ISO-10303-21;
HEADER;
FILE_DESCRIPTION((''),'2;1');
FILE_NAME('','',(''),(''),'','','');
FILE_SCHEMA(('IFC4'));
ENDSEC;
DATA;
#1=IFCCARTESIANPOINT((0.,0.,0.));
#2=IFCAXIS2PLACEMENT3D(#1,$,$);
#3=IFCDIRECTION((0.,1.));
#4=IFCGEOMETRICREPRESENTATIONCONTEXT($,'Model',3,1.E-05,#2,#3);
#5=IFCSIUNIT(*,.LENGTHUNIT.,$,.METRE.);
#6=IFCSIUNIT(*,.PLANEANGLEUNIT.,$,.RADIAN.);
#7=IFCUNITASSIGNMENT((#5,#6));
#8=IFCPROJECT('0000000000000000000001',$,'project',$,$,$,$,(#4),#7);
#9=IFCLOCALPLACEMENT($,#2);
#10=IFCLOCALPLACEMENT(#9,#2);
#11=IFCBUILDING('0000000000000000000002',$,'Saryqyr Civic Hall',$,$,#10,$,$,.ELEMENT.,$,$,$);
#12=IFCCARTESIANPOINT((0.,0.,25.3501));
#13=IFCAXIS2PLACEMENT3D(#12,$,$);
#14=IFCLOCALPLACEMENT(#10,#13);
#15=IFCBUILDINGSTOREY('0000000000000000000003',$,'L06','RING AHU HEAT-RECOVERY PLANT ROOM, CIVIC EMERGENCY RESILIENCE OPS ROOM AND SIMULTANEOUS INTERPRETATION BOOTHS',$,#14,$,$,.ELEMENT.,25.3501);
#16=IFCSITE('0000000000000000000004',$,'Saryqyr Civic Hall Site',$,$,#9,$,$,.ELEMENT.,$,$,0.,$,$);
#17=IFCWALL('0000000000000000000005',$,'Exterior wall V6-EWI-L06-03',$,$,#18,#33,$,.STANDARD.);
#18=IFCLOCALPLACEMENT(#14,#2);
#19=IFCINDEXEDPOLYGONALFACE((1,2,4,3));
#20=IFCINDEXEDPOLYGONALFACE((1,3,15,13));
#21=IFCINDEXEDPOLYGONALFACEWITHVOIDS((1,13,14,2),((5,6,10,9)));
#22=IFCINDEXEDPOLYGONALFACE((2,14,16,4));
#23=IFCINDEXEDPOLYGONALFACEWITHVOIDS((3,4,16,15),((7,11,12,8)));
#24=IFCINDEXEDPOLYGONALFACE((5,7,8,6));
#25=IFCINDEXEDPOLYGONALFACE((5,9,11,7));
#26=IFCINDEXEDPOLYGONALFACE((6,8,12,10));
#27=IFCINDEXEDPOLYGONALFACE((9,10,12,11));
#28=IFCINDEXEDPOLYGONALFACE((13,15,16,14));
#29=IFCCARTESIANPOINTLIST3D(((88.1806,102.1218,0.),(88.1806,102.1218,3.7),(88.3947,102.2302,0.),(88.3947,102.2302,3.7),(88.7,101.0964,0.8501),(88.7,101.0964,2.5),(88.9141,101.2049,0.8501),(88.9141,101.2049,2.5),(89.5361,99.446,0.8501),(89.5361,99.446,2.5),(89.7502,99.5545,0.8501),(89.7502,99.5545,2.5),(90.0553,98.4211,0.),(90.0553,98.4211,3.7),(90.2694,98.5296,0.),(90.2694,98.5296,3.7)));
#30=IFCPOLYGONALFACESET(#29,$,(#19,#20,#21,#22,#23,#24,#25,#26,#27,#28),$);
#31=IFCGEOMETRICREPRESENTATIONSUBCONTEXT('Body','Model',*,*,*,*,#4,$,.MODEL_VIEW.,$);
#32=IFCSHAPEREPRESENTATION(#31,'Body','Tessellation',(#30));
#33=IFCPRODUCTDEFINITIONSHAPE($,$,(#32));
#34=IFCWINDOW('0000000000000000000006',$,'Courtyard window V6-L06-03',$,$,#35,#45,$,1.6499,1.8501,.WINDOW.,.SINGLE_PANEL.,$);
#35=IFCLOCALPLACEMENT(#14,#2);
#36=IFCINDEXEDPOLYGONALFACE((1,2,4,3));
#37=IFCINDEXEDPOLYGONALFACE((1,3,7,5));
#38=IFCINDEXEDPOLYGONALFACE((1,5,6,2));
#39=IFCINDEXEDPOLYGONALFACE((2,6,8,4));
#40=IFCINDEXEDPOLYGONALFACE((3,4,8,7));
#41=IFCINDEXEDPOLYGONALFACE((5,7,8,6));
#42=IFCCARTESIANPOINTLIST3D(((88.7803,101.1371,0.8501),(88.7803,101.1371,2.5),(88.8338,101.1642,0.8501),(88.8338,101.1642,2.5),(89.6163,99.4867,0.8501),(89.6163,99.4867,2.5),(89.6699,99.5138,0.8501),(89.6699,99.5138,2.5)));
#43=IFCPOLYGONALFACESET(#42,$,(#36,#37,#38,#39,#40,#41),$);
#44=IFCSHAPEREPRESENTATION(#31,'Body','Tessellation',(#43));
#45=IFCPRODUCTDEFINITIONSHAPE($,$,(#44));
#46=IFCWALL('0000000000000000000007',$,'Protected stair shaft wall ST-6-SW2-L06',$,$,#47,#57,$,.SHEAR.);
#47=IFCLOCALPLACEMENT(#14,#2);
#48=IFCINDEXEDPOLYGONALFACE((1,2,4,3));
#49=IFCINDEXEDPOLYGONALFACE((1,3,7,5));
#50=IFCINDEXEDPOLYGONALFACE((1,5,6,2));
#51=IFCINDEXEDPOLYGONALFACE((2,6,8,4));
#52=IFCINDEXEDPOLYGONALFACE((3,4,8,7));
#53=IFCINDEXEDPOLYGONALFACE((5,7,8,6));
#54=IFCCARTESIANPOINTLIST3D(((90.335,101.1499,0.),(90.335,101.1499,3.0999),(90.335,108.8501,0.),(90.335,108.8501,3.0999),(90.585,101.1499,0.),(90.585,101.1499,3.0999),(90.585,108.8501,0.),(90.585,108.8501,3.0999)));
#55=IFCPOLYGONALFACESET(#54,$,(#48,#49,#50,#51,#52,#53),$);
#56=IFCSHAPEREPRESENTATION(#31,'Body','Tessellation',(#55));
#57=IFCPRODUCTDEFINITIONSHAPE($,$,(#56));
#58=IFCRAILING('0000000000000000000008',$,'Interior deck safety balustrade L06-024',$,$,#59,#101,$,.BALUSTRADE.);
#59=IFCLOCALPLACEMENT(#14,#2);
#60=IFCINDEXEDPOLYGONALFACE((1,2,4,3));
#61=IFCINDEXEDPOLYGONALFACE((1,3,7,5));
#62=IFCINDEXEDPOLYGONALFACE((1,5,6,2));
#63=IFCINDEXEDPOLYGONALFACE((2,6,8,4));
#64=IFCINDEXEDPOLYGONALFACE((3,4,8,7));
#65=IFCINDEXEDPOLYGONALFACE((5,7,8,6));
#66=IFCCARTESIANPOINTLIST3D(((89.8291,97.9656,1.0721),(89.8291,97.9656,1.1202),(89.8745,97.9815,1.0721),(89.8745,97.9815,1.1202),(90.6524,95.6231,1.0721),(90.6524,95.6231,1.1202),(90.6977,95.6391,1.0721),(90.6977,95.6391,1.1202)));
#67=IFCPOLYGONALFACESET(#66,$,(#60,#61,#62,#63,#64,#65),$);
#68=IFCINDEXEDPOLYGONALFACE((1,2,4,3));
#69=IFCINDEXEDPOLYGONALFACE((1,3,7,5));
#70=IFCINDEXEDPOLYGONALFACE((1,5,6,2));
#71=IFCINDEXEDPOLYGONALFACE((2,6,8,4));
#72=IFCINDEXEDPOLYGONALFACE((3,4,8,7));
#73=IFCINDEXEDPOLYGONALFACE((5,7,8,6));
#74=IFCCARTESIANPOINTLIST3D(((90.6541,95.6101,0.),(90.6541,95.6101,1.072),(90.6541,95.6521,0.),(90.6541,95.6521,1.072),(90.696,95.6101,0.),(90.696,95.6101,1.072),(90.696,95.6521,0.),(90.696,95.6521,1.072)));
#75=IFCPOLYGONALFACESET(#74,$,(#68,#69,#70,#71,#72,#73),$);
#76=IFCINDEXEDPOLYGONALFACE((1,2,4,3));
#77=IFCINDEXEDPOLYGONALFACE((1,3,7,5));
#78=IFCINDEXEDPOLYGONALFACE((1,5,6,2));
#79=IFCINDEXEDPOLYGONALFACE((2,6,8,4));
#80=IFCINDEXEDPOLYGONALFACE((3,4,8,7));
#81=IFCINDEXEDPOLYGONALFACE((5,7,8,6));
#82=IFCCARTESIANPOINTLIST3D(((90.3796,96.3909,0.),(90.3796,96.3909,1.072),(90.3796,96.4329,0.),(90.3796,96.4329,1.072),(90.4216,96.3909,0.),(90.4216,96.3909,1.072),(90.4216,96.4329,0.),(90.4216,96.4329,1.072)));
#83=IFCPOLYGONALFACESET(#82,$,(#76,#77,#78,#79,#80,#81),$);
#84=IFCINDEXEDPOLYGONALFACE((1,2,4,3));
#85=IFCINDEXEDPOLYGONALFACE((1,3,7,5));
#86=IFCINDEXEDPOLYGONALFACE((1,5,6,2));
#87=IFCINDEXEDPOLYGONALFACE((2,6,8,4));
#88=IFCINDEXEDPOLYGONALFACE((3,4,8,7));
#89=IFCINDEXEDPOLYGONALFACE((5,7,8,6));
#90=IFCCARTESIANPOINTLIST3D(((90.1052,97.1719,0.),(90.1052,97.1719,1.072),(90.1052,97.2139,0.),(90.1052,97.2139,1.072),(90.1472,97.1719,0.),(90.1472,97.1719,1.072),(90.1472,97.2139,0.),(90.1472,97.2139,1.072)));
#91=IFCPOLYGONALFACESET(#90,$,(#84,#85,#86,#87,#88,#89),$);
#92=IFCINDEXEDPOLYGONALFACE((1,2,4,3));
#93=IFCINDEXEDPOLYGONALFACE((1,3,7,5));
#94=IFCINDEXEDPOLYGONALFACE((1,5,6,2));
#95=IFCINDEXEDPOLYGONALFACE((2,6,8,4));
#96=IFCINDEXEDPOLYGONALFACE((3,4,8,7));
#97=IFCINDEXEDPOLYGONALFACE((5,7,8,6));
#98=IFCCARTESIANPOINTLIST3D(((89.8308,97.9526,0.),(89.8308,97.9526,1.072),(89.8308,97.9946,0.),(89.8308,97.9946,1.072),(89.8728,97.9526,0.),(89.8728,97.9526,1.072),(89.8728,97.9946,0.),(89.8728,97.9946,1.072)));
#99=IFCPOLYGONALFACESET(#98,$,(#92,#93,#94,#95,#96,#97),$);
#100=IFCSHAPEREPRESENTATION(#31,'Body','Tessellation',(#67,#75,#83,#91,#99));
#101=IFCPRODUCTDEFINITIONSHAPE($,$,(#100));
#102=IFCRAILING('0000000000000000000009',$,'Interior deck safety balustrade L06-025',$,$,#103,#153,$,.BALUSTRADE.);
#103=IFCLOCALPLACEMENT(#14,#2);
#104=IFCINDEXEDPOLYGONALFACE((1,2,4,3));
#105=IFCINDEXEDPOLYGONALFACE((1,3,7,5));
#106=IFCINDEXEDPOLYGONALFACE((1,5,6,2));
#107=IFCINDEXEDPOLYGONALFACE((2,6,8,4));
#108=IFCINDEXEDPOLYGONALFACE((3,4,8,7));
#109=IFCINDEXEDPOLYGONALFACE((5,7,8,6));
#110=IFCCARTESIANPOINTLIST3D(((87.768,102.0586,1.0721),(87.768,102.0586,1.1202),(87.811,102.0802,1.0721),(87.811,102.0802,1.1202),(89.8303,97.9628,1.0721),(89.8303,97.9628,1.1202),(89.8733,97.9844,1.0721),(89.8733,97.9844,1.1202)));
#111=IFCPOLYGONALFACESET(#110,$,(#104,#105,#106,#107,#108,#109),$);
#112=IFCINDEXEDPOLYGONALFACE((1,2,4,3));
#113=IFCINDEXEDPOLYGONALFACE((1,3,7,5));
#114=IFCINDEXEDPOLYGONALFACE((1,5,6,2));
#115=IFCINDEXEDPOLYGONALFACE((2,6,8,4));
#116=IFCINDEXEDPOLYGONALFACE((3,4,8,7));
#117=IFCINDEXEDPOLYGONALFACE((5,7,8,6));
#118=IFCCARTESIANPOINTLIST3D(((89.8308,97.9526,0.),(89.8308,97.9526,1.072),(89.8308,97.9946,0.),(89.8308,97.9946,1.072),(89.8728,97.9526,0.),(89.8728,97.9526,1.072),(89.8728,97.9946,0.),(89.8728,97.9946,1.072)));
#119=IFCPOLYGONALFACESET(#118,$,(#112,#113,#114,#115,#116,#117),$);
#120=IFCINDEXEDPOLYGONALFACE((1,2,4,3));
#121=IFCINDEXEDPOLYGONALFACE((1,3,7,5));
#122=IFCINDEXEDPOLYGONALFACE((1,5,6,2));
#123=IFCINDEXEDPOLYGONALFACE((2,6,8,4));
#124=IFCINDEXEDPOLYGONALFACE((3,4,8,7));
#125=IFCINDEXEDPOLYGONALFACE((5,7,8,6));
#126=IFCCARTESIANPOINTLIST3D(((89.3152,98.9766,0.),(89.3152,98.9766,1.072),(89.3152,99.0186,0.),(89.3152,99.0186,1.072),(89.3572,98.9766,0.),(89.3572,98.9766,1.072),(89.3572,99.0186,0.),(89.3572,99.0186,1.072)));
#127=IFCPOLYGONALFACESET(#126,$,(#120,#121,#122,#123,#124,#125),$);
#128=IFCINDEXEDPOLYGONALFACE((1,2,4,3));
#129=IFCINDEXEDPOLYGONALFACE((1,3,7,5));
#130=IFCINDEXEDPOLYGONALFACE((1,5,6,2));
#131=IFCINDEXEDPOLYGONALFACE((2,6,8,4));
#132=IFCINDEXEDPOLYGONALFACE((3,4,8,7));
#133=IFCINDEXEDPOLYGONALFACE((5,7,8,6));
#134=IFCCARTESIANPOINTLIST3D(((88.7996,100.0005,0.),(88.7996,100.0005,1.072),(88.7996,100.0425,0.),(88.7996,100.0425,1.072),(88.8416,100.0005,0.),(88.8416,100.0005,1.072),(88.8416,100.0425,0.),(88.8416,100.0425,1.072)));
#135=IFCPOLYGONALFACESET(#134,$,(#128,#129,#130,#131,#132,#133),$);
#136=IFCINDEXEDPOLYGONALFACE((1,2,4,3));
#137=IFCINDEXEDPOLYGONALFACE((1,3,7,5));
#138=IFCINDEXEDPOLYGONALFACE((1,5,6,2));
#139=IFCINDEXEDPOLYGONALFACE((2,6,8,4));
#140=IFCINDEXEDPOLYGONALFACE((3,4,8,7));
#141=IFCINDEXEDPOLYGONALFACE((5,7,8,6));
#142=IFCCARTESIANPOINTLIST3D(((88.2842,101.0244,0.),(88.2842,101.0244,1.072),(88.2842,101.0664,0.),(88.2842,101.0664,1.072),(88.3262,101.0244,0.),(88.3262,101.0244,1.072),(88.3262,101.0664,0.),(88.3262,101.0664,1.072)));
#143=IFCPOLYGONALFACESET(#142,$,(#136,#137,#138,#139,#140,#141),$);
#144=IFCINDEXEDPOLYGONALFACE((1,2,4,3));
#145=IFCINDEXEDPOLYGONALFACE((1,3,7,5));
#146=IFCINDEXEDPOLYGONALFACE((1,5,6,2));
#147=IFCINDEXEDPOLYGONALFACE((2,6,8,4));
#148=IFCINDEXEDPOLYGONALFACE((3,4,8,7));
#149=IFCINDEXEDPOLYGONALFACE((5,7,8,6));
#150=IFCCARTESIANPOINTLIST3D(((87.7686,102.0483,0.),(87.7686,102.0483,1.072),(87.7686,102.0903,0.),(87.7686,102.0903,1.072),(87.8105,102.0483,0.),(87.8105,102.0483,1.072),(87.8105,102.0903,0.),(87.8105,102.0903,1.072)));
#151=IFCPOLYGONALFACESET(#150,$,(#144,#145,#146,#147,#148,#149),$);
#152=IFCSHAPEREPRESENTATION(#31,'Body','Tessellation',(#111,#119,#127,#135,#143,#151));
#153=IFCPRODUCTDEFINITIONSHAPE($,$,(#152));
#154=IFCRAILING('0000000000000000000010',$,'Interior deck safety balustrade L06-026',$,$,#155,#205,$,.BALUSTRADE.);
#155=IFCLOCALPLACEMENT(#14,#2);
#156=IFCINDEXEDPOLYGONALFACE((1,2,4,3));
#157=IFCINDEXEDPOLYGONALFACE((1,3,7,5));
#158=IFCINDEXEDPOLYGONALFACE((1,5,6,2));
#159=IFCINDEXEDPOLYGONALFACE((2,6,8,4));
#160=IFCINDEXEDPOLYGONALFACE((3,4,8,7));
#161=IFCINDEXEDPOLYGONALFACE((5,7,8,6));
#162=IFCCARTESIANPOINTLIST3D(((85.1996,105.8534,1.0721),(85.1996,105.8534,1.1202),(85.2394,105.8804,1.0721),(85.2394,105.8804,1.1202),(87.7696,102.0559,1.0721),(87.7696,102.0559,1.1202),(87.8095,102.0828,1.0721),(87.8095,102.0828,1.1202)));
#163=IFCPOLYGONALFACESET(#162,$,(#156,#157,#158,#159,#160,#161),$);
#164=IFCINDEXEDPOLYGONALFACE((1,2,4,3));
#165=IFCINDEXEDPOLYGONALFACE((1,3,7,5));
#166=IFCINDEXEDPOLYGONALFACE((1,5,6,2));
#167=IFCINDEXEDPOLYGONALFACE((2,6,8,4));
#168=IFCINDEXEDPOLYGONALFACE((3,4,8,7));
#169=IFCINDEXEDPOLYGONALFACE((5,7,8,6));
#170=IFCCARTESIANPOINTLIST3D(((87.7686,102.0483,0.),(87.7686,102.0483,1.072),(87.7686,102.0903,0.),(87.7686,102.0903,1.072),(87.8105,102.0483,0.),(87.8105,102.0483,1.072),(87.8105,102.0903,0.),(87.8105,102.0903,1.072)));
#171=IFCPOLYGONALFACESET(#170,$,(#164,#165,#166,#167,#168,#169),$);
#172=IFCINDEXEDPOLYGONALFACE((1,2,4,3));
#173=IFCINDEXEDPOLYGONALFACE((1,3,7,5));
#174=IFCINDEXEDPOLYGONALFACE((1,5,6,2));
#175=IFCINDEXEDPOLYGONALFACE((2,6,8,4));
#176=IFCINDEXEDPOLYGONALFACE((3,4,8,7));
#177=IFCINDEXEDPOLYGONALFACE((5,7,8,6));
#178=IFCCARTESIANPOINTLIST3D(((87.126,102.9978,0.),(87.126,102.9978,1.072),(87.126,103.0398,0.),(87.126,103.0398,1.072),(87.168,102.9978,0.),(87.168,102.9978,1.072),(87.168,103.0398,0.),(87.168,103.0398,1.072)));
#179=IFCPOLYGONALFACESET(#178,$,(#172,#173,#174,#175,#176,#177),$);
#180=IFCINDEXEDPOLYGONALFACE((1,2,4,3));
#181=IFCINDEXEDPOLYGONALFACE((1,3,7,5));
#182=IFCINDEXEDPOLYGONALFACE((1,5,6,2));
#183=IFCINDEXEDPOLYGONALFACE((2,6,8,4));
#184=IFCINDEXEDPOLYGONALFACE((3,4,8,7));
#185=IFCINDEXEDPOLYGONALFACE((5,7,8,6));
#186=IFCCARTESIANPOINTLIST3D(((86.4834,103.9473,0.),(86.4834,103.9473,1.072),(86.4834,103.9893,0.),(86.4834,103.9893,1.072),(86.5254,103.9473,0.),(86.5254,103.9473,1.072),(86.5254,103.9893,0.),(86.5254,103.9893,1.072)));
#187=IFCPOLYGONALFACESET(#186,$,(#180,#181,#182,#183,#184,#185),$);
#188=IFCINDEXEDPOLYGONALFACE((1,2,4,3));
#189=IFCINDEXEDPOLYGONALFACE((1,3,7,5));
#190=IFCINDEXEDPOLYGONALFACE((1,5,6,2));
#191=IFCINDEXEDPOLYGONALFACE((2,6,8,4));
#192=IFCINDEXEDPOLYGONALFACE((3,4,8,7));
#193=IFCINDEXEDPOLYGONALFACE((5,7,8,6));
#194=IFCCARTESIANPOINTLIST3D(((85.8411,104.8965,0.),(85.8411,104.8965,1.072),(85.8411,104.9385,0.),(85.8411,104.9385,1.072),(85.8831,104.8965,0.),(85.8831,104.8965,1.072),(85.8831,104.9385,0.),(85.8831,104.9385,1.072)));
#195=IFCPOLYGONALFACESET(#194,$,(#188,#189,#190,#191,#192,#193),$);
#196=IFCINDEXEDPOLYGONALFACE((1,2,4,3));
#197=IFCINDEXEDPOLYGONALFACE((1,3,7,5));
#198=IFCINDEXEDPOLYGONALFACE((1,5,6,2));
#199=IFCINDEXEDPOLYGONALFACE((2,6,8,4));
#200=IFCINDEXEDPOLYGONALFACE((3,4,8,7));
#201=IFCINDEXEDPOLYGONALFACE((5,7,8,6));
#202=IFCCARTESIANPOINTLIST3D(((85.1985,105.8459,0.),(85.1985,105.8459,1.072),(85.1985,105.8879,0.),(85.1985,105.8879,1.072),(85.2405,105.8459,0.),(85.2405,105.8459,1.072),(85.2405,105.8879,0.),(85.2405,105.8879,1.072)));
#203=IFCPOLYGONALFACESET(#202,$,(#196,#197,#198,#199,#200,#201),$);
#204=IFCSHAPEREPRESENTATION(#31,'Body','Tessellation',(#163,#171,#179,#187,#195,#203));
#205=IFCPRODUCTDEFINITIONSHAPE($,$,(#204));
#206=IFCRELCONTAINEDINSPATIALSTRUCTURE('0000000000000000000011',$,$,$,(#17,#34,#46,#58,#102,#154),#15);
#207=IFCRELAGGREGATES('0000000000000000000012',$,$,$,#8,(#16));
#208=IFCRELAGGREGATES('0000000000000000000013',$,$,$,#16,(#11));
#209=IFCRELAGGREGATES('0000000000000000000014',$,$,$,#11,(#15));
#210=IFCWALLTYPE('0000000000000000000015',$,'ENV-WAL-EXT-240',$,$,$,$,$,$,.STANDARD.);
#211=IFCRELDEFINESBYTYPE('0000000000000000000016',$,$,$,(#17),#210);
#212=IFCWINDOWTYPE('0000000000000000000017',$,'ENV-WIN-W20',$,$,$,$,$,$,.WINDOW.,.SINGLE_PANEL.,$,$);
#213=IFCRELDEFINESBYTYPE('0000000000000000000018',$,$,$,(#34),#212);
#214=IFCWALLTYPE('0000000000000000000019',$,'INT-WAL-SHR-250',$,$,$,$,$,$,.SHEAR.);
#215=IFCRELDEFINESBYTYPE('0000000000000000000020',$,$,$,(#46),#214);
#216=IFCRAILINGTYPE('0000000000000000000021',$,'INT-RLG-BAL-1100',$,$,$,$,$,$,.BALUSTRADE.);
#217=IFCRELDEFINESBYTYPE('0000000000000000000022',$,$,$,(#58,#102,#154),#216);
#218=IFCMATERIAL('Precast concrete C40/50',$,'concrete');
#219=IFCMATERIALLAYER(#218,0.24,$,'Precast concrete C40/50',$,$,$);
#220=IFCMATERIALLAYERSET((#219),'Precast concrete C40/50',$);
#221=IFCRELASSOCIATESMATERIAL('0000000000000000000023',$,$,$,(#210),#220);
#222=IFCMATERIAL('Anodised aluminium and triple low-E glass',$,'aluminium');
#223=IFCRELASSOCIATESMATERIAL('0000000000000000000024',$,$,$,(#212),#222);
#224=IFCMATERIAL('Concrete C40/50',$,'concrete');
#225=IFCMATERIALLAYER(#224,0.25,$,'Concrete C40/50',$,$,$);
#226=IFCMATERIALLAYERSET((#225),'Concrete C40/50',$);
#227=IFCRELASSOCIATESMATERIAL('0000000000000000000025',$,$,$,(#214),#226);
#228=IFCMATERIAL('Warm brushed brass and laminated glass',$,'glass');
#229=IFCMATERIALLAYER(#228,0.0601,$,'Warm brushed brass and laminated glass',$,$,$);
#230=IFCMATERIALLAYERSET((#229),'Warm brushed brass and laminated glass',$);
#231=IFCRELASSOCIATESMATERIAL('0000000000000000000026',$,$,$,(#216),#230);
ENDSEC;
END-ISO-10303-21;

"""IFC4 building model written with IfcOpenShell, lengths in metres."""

from ifc_helpers import new_model, si_unit, direction, frame, frame_2d, origin, origin_2d, place, context, subcontext, project, spatial, rectangle, extrude, material, layer, layer_set, type_object, element, fill, save


model = new_model("IFC4")

# Units and contexts
model_context = context("Model", 3, precision=1e-05, world=origin(), true_north=direction((0.0, 1.0)))
body_context = subcontext(model_context, "Body", "Model", "MODEL_VIEW")
ifc_project = project(units=[si_unit("LENGTHUNIT", "METRE"), si_unit("PLANEANGLEUNIT", "RADIAN")], contexts=[model_context])

# Site, building, storey
site_placement = place(None, origin())
site = spatial("IfcSite", under=ifc_project, at=site_placement, Name="Saryqyr Civic Hall Site", CompositionType="ELEMENT", RefElevation=0.0)
building_placement = place(site_placement, origin())
building = spatial("IfcBuilding", under=site, at=building_placement, Name="Saryqyr Civic Hall", CompositionType="ELEMENT")
storey_placement = place(building_placement, frame((0.0, 0.0, 25.3501)))
storey = spatial("IfcBuildingStorey", under=building, at=storey_placement, Name="L06", Description="RING AHU HEAT-RECOVERY PLANT ROOM, CIVIC EMERGENCY RESILIENCE OPS ROOM AND SIMULTANEOUS INTERPRETATION BOOTHS", CompositionType="ELEMENT", Elevation=25.3501)

# Shared definitions
ifc_material_1 = material(Name="Concrete C40/50", Category="concrete")

# Shared definitions
ifc_material_2 = material(Name="Anodised aluminium and triple low-E glass", Category="aluminium")

# Wall, opening, window
ifc_material_3 = material(Name="Precast concrete C40/50", Category="concrete")
ifc_layer_1 = layer(ifc_material_3, 0.24, Name="Precast concrete C40/50")
ifc_layer_set_1 = layer_set([ifc_layer_1], Name="Precast concrete C40/50")
wall_type_1 = type_object("IfcWallType", Name="ENV-WAL-EXT-240", PredefinedType="STANDARD", material=ifc_layer_set_1)
wall_1_placement = place(storey_placement, frame((90.1624, 98.4753, 0.0), z_axis=(0.0, 0.0, 1.0), x_axis=(-0.451915, 0.892061, 0.0)))
wall_1 = element("IfcWall", 1, at=wall_1_placement, inside=storey, type_object=wall_type_1, Name="Exterior wall V6-EWI-L06-03", PredefinedType="STANDARD", context=body_context, shape_type="SweptSolid", body=[
    extrude(rectangle(XDim=4.1484, YDim=0.24, at=frame_2d((2.0742, 0.0))), origin(), (0.0, 0.0, 1.0), 3.7),
])
opening_placement = place(wall_1_placement, frame((1.1489, 0.0, 0.8501)))
opening = element("IfcOpeningElement", 2, at=opening_placement, cuts=wall_1, PredefinedType="OPENING", context=body_context, shape_type="SweptSolid", body=[
    extrude(rectangle(XDim=1.8501, YDim=1.6499, at=frame_2d((0.925, 0.825))), frame((0.0, 0.1299, 0.0), z_axis=(0.0, -1.0, 0.0), x_axis=(1.0, 0.0, 0.0)), (0.0, 0.0, 1.0), 0.26),
])
window_type = type_object("IfcWindowType", Name="ENV-WIN-W20", PartitioningType="SINGLE_PANEL", PredefinedType="WINDOW", material=ifc_material_2)
window_placement = place(opening_placement, origin())
window = element("IfcWindow", 3, at=window_placement, inside=storey, type_object=window_type, Name="Courtyard window V6-L06-03", OverallHeight=1.6499, OverallWidth=1.8501, PartitioningType="SINGLE_PANEL", PredefinedType="WINDOW", context=body_context, shape_type="SweptSolid", body=[
    extrude(rectangle(XDim=1.8501, YDim=1.6499, at=frame_2d((0.925, 0.825))), frame((0.0, 0.03, 0.0), z_axis=(0.0, -1.0, 0.0), x_axis=(1.0, 0.0, 0.0)), (0.0, 0.0, 1.0), 0.0601),
])
fill(opening, window)

# Wall
ifc_layer_2 = layer(ifc_material_1, 0.25, Name="Concrete C40/50")
ifc_layer_set_2 = layer_set([ifc_layer_2], Name="Concrete C40/50")
wall_type_2 = type_object("IfcWallType", Name="INT-WAL-SHR-250", PredefinedType="SHEAR", material=ifc_layer_set_2)
wall_2_placement = place(storey_placement, frame((90.46, 101.1499, 0.0), z_axis=(0.0, 0.0, 1.0), x_axis=(0.0, 1.0, 0.0)))
element("IfcWall", 4, at=wall_2_placement, inside=storey, type_object=wall_type_2, Name="Protected stair shaft wall ST-6-SW2-L06", PredefinedType="SHEAR", context=body_context, shape_type="SweptSolid", body=[
    extrude(rectangle(XDim=7.7002, YDim=0.25, at=frame_2d((3.8501, 0.0))), origin(), (0.0, 0.0, 1.0), 3.0999),
])

# Railings
ifc_material_4 = material(Name="Warm brushed brass and laminated glass", Category="glass")
ifc_layer_3 = layer(ifc_material_4, 0.0601, Name="Warm brushed brass and laminated glass")
ifc_layer_set_3 = layer_set([ifc_layer_3], Name="Warm brushed brass and laminated glass")
railing_type = type_object("IfcRailingType", Name="INT-RLG-BAL-1100", PredefinedType="BALUSTRADE", material=ifc_layer_set_3)
railing_1_placement = place(storey_placement, frame((90.675, 95.6311, 0.0)))
element("IfcRailing", 5, at=railing_1_placement, inside=storey, type_object=railing_type, Name="Interior deck safety balustrade L06-024", PredefinedType="BALUSTRADE", context=body_context, shape_type="SweptSolid", body=[
    extrude(rectangle(XDim=0.0481, YDim=0.0481, at=origin_2d()), frame((0.0, 0.0, 1.0962), z_axis=(-0.331555, 0.943436, 0.0), x_axis=(-0.943436, -0.331555, 0.0)), (0.0, 0.0, 1.0), 2.4829),
    extrude(rectangle(XDim=0.042, YDim=0.042, at=origin_2d()), origin(), (0.0, 0.0, 1.0), 1.072),
    extrude(rectangle(XDim=0.042, YDim=0.042, at=origin_2d()), frame((-0.2744, 0.7808, 0.0)), (0.0, 0.0, 1.0), 1.072),
    extrude(rectangle(XDim=0.042, YDim=0.042, at=origin_2d()), frame((-0.5488, 1.5618, 0.0)), (0.0, 0.0, 1.0), 1.072),
    extrude(rectangle(XDim=0.042, YDim=0.042, at=origin_2d()), frame((-0.8232, 2.3425, 0.0)), (0.0, 0.0, 1.0), 1.072),
])
railing_2_placement = place(storey_placement, frame((89.8518, 97.9736, 0.0)))
element("IfcRailing", 6, at=railing_2_placement, inside=storey, type_object=railing_type, Name="Interior deck safety balustrade L06-025", PredefinedType="BALUSTRADE", context=body_context, shape_type="SweptSolid", body=[
    extrude(rectangle(XDim=0.0481, YDim=0.0481, at=origin_2d()), frame((0.0, 0.0, 1.0962), z_axis=(-0.449725, 0.893167, 0.0), x_axis=(-0.893167, -0.449725, 0.0)), (0.0, 0.0, 1.0), 4.5857),
    extrude(rectangle(XDim=0.042, YDim=0.042, at=origin_2d()), origin(), (0.0, 0.0, 1.0), 1.072),
    extrude(rectangle(XDim=0.042, YDim=0.042, at=origin_2d()), frame((-0.5156, 1.0239, 0.0)), (0.0, 0.0, 1.0), 1.072),
    extrude(rectangle(XDim=0.042, YDim=0.042, at=origin_2d()), frame((-1.0312, 2.0479, 0.0)), (0.0, 0.0, 1.0), 1.072),
    extrude(rectangle(XDim=0.042, YDim=0.042, at=origin_2d()), frame((-1.5466, 3.0718, 0.0)), (0.0, 0.0, 1.0), 1.072),
    extrude(rectangle(XDim=0.042, YDim=0.042, at=origin_2d()), frame((-2.0623, 4.0957, 0.0)), (0.0, 0.0, 1.0), 1.072),
])
railing_3_placement = place(storey_placement, frame((87.7896, 102.0693, 0.0)))
element("IfcRailing", 7, at=railing_3_placement, inside=storey, type_object=railing_type, Name="Interior deck safety balustrade L06-026", PredefinedType="BALUSTRADE", context=body_context, shape_type="SweptSolid", body=[
    extrude(rectangle(XDim=0.0481, YDim=0.0481, at=origin_2d()), frame((0.0, 0.0, 1.0962), z_axis=(-0.560474, 0.828172, 0.0), x_axis=(-0.828172, -0.560474, 0.0)), (0.0, 0.0, 1.0), 4.5854),
    extrude(rectangle(XDim=0.042, YDim=0.042, at=origin_2d()), origin(), (0.0, 0.0, 1.0), 1.072),
    extrude(rectangle(XDim=0.042, YDim=0.042, at=origin_2d()), frame((-0.6426, 0.9495, 0.0)), (0.0, 0.0, 1.0), 1.072),
    extrude(rectangle(XDim=0.042, YDim=0.042, at=origin_2d()), frame((-1.2852, 1.8989, 0.0)), (0.0, 0.0, 1.0), 1.072),
    extrude(rectangle(XDim=0.042, YDim=0.042, at=origin_2d()), frame((-1.9275, 2.8481, 0.0)), (0.0, 0.0, 1.0), 1.072),
    extrude(rectangle(XDim=0.042, YDim=0.042, at=origin_2d()), frame((-2.5701, 3.7976, 0.0)), (0.0, 0.0, 1.0), 1.072),
])

save(model, "model.ifc")
